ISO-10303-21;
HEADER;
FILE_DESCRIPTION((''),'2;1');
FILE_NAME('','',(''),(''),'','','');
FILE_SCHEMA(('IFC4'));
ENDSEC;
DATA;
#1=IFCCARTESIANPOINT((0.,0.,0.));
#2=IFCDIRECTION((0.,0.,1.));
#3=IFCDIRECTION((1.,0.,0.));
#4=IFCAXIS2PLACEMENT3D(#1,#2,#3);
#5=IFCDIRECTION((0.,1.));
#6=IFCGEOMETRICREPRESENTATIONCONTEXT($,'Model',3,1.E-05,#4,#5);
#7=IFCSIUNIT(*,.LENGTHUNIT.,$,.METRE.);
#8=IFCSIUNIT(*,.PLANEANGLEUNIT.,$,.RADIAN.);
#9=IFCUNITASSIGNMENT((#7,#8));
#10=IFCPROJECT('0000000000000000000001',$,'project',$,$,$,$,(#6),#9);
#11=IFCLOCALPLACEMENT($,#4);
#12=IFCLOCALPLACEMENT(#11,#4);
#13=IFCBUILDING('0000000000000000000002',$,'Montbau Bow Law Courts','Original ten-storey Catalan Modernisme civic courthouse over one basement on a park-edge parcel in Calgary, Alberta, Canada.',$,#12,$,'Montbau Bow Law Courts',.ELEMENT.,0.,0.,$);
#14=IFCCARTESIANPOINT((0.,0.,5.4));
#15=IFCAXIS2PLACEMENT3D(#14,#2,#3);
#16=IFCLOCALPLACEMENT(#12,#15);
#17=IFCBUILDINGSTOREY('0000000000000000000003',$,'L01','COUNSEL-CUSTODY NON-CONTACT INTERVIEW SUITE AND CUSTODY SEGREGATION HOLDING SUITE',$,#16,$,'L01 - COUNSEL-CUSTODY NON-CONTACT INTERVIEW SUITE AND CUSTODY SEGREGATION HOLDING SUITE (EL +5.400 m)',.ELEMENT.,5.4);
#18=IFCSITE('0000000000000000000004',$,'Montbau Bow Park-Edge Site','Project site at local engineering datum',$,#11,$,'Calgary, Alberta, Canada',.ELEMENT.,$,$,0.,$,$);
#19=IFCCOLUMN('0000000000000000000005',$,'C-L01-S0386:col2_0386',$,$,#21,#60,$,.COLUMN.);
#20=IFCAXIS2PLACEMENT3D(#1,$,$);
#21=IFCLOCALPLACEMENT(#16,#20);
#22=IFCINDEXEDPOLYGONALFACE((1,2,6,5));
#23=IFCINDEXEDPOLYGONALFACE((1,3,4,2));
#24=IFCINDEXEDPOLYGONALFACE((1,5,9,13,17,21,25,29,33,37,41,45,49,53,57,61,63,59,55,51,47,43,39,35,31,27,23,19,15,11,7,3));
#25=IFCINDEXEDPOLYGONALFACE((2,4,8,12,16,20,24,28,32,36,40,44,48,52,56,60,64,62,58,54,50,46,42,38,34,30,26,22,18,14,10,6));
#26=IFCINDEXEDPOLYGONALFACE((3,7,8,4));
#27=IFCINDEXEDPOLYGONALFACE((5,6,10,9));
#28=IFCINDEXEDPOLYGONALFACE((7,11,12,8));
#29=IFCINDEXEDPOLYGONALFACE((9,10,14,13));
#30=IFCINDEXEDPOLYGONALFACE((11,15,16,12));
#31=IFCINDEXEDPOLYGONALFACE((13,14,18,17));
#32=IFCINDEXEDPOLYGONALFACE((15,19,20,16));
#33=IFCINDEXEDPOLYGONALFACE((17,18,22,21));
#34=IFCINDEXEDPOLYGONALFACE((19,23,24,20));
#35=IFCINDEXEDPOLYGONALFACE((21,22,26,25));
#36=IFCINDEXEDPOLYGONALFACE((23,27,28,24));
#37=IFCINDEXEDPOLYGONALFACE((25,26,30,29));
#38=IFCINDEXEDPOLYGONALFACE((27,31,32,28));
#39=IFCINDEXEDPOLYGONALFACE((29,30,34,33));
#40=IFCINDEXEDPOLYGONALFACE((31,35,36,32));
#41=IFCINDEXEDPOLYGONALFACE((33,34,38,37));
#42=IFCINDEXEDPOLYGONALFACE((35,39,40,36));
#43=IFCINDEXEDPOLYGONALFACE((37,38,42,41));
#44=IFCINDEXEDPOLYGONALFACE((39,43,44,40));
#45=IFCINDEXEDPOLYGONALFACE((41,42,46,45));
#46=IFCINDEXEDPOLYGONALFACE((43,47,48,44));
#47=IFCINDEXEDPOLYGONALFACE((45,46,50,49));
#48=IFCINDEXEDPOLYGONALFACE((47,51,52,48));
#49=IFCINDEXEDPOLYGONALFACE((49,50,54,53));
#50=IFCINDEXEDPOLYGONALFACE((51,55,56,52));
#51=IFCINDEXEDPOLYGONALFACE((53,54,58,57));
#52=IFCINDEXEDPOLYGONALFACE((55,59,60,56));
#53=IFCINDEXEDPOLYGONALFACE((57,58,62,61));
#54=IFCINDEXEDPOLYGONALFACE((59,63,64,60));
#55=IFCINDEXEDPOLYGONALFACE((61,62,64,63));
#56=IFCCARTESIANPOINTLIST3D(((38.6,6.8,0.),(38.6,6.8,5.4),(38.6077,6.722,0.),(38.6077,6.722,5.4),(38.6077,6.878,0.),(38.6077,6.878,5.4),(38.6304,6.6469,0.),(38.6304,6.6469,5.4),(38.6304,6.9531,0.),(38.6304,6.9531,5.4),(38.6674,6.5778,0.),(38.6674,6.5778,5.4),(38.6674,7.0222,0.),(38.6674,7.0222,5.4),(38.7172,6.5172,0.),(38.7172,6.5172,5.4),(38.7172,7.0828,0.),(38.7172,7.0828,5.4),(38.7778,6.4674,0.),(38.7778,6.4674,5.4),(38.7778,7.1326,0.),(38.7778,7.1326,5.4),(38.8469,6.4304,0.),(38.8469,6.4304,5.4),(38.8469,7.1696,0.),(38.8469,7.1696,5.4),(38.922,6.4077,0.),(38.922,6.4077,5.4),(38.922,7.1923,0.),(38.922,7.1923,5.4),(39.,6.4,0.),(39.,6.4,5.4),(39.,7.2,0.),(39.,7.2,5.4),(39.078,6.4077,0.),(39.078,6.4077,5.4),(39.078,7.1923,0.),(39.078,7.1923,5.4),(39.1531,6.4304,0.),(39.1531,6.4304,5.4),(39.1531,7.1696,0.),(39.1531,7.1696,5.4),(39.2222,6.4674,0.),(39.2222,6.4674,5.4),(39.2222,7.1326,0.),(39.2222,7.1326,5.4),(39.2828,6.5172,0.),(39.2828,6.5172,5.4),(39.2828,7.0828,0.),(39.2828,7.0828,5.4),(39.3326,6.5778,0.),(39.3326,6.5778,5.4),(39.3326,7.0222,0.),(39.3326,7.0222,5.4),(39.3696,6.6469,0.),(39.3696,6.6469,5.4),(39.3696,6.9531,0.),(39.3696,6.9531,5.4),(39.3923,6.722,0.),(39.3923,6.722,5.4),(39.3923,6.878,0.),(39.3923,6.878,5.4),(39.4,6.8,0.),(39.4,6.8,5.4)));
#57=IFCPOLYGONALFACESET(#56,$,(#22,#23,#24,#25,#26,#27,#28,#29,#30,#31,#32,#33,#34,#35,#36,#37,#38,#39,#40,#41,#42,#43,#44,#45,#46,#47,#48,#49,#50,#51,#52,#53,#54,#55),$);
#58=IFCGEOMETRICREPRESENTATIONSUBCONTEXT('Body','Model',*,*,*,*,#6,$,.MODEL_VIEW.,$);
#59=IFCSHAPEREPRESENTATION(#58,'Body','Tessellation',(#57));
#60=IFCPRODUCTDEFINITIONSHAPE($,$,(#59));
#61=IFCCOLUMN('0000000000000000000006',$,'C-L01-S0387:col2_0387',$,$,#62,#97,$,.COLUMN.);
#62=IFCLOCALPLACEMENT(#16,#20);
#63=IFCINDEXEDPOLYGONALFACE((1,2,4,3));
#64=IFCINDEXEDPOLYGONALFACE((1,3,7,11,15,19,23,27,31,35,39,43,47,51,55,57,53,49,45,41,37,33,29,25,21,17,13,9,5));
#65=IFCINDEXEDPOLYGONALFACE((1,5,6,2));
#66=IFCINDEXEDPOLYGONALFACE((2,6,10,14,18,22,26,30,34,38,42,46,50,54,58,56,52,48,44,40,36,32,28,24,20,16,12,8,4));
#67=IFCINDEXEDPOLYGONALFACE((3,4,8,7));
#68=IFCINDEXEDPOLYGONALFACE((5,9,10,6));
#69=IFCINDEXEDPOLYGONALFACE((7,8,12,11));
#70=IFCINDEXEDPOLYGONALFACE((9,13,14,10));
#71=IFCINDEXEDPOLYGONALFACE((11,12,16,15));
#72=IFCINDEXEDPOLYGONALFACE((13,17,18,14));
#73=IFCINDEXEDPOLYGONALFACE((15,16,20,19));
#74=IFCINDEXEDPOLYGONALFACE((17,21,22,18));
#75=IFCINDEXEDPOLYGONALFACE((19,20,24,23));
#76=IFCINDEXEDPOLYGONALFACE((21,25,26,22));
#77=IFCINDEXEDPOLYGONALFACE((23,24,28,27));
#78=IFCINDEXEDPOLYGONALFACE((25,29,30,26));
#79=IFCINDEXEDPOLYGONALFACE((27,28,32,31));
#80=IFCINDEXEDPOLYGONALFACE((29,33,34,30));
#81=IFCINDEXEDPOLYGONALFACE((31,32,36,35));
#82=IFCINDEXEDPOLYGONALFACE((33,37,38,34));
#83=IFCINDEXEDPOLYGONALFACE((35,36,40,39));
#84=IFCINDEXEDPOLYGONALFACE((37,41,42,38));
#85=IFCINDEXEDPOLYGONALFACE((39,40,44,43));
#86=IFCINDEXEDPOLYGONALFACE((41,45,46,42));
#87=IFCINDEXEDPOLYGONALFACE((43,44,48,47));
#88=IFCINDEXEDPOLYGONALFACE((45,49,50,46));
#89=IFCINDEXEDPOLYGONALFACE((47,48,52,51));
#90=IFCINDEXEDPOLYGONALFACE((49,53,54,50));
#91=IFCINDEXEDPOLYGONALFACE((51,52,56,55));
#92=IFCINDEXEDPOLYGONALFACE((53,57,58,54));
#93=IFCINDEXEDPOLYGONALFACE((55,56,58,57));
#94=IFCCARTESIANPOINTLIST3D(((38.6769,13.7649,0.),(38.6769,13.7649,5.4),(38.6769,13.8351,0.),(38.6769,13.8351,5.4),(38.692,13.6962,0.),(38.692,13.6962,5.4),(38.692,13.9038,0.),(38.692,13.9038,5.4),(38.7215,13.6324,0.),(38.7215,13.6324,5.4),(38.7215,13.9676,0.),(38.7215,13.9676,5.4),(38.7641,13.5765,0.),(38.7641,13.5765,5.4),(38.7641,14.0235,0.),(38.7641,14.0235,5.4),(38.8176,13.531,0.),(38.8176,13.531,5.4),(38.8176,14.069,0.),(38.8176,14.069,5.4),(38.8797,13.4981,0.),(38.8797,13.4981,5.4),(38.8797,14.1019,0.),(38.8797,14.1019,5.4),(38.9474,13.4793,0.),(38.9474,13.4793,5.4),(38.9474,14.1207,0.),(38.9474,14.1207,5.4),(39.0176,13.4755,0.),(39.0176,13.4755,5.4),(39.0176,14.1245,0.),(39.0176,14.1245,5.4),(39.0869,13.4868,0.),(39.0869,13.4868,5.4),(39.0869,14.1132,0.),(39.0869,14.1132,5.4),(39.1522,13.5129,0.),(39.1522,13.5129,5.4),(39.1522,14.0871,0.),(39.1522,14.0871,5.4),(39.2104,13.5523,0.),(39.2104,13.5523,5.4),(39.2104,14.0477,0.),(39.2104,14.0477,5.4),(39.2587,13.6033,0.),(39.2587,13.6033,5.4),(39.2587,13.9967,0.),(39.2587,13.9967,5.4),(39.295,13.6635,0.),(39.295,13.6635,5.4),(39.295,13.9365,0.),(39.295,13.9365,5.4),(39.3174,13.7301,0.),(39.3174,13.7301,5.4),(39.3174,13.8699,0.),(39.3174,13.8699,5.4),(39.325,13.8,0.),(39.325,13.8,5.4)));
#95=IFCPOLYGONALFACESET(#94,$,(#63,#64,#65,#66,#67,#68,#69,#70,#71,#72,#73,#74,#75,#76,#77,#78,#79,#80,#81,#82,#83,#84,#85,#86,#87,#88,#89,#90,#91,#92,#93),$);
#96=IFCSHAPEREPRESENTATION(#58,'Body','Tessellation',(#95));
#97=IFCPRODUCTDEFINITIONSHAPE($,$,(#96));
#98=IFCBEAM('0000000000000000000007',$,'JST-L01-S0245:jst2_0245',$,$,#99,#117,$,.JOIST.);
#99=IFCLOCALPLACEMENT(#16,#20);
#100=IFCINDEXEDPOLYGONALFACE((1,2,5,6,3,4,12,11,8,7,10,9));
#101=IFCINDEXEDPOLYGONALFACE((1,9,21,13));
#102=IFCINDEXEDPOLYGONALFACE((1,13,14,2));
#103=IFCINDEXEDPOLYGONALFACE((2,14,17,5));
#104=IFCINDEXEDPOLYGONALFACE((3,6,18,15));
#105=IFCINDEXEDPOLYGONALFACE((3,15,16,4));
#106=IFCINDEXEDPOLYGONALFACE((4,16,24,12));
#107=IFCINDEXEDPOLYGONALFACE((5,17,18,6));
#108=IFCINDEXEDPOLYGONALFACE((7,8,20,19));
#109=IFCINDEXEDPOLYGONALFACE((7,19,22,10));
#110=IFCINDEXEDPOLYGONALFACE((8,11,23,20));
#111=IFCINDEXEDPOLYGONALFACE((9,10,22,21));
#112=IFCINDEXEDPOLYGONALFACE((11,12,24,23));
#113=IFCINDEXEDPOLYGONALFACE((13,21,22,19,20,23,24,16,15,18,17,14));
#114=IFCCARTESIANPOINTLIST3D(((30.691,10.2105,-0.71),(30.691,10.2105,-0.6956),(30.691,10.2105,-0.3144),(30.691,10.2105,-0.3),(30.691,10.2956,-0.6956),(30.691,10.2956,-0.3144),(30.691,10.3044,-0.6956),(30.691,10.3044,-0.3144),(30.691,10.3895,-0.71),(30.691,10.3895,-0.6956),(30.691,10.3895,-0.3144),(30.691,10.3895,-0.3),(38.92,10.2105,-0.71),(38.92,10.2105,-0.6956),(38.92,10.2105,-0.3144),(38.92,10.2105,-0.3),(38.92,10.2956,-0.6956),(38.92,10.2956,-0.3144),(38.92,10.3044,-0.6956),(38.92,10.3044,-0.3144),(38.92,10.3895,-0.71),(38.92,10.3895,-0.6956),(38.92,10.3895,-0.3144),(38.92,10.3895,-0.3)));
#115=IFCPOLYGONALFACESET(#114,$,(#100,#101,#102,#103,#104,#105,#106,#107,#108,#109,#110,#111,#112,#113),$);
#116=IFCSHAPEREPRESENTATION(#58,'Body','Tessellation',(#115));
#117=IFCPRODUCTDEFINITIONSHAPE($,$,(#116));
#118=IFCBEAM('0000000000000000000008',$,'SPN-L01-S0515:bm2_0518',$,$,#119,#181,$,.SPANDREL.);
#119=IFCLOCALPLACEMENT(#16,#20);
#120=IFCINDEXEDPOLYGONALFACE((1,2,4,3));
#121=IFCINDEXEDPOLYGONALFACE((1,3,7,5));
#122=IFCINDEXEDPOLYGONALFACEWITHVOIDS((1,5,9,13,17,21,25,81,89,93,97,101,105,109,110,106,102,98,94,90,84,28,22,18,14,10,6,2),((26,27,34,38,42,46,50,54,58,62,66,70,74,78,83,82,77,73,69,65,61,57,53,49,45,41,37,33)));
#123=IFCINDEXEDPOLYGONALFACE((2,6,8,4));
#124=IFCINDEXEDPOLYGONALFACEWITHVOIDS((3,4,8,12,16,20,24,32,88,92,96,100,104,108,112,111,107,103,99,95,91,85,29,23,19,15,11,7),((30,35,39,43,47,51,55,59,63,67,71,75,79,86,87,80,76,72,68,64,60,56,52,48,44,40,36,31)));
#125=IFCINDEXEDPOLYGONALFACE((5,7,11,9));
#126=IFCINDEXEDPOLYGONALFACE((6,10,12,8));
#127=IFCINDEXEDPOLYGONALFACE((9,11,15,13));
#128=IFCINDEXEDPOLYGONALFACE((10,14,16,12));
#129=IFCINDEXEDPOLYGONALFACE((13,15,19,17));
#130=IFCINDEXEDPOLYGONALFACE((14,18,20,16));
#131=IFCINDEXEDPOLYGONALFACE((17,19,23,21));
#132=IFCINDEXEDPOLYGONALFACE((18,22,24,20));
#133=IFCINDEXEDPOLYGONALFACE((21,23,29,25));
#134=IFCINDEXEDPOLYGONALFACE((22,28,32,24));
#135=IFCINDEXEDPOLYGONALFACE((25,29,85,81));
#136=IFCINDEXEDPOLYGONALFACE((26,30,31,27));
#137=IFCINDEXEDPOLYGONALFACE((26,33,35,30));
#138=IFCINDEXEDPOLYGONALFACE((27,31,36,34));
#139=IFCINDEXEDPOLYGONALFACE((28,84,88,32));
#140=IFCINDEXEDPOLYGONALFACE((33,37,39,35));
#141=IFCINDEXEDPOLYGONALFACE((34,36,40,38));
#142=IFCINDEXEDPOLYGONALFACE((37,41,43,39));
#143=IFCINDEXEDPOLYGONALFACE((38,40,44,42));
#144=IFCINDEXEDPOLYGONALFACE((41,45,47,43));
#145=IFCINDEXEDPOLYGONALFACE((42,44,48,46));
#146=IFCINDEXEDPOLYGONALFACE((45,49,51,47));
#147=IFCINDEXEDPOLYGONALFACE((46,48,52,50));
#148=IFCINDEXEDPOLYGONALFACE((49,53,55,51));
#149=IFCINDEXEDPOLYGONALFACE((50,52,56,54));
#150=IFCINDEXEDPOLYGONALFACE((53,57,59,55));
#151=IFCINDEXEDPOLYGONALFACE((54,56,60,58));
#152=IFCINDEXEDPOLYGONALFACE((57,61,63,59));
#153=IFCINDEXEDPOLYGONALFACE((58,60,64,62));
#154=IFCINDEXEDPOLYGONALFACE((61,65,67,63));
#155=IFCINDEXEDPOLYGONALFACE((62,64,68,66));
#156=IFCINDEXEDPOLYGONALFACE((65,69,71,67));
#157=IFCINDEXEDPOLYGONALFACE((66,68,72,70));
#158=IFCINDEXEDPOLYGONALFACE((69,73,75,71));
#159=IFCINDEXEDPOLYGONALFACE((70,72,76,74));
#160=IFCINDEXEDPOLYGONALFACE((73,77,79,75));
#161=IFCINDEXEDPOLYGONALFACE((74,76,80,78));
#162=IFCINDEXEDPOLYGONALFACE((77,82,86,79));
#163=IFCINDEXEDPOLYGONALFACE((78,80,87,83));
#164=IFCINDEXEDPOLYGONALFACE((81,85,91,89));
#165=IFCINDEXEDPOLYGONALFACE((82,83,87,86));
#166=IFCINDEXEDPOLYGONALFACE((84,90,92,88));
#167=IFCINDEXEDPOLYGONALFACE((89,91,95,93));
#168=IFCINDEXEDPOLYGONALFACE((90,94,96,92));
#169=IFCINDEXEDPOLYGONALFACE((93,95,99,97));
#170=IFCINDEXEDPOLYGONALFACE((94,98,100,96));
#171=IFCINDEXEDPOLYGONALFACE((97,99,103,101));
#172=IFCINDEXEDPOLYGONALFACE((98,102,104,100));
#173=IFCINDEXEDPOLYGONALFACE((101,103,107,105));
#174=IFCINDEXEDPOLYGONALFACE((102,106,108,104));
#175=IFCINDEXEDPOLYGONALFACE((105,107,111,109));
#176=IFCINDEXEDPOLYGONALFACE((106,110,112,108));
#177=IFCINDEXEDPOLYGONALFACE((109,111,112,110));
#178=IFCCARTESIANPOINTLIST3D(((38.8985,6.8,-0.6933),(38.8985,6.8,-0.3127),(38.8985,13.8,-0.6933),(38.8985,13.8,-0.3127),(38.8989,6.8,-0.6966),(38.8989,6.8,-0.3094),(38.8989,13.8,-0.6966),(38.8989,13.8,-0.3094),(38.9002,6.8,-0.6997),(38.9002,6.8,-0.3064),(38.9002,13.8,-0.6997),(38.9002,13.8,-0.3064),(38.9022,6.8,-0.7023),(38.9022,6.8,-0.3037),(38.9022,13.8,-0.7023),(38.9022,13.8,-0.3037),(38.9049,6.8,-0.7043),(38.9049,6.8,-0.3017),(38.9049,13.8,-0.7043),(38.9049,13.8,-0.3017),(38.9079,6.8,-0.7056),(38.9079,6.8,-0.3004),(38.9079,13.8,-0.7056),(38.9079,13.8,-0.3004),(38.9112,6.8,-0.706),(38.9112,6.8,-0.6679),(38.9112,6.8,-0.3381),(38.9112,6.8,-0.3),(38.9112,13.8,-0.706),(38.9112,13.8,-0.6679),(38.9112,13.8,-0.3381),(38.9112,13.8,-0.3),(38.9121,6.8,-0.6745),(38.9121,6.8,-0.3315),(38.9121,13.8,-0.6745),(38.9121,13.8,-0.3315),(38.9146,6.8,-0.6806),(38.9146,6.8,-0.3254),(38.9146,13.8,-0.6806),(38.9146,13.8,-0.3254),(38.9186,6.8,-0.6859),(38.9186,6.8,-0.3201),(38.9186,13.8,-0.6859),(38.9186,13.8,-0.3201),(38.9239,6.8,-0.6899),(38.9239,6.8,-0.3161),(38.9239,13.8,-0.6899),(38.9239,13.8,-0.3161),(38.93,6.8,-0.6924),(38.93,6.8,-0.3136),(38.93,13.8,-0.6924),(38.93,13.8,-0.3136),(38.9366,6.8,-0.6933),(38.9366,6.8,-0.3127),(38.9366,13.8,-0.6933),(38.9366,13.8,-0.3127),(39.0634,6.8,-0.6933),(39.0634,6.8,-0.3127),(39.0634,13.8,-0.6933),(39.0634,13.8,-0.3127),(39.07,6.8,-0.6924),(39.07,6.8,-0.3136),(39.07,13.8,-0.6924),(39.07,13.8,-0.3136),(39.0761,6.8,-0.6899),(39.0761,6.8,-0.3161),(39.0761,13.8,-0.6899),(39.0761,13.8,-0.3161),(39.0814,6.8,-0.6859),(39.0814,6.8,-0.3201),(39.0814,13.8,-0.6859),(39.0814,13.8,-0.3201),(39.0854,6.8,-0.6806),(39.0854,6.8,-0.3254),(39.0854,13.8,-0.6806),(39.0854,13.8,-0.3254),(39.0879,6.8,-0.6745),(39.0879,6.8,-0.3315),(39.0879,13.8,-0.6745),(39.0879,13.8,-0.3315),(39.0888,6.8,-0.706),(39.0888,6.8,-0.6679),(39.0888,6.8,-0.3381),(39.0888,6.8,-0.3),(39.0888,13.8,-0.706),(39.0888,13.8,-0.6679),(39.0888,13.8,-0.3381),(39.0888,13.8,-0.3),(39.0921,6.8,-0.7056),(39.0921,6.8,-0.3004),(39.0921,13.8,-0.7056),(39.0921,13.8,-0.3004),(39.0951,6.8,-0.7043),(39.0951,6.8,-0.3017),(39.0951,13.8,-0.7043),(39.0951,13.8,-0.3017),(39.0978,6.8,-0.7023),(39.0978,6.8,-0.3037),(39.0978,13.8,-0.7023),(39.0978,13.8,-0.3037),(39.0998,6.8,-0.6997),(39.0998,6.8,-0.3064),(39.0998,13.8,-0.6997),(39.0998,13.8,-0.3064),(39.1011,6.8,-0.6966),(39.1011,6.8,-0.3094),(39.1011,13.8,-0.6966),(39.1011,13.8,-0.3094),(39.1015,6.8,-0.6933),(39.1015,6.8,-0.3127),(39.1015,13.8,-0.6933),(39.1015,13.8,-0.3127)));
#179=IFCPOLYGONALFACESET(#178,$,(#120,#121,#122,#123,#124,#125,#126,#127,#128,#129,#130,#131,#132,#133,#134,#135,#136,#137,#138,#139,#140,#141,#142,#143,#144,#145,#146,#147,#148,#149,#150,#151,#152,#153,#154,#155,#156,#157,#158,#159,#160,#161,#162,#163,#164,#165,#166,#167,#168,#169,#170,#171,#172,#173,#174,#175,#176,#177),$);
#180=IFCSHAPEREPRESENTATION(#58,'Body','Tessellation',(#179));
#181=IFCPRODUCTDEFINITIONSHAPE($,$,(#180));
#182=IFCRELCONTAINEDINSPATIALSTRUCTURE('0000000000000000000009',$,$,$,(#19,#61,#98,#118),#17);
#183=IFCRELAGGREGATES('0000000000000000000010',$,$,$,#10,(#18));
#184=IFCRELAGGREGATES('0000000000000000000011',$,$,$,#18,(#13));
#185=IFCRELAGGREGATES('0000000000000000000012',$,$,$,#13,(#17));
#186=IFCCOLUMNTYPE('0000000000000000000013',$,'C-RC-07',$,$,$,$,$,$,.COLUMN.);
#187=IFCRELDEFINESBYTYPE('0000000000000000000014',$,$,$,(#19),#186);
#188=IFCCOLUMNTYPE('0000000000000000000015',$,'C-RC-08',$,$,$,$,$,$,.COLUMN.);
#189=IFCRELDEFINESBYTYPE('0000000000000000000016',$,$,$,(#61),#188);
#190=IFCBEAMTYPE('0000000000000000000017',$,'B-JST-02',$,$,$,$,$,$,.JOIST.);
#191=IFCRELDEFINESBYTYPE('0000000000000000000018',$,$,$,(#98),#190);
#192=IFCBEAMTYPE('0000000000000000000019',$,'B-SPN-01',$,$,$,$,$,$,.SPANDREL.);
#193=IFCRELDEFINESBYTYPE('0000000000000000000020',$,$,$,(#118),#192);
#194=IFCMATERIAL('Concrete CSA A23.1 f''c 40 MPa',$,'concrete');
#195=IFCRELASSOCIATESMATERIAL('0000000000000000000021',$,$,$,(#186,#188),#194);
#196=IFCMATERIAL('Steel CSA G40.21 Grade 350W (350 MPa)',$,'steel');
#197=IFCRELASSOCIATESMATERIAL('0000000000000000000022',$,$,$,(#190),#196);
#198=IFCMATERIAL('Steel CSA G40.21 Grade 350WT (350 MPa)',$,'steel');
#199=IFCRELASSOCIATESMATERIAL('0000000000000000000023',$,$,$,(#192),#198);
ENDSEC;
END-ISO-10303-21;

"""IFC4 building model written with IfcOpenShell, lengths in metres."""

from ifc_helpers import new_model, si_unit, direction, frame, origin_with_axes, origin_2d_with_axis, place, context, subcontext, project, spatial, hollow_rectangle, circle, i_section, extrude, material, material_profile, profile_set, type_object, element, save


model = new_model("IFC4")

# Units and contexts
model_context = context("Model", 3, precision=1e-05, world=origin_with_axes(), true_north=direction((0.0, 1.0)))
body_context = subcontext(model_context, "Body", "Model", "MODEL_VIEW")
ifc_project = project(units=[si_unit("LENGTHUNIT", "METRE"), si_unit("PLANEANGLEUNIT", "RADIAN")], contexts=[model_context])

# Site, building, storey
site_placement = place(None, origin_with_axes())
site = spatial("IfcSite", under=ifc_project, at=site_placement, Name="Montbau Bow Park-Edge Site", Description="Project site at local engineering datum", LongName="Calgary, Alberta, Canada", CompositionType="ELEMENT", RefElevation=0.0)
building_placement = place(site_placement, origin_with_axes())
building = spatial("IfcBuilding", under=site, at=building_placement, Name="Montbau Bow Law Courts", Description="Original ten-storey Catalan Modernisme civic courthouse over one basement on a park-edge parcel in Calgary, Alberta, Canada.", LongName="Montbau Bow Law Courts", CompositionType="ELEMENT", ElevationOfRefHeight=0.0, ElevationOfTerrain=0.0)
storey_placement = place(building_placement, frame((0.0, 0.0, 5.4), z_axis=(0.0, 0.0, 1.0), x_axis=(1.0, 0.0, 0.0)))
storey = spatial("IfcBuildingStorey", under=building, at=storey_placement, Name="L01", Description="COUNSEL-CUSTODY NON-CONTACT INTERVIEW SUITE AND CUSTODY SEGREGATION HOLDING SUITE", LongName="L01 - COUNSEL-CUSTODY NON-CONTACT INTERVIEW SUITE AND CUSTODY SEGREGATION HOLDING SUITE (EL +5.400 m)", CompositionType="ELEMENT", Elevation=5.4)

# Columns
ifc_material_1 = material(Name="Concrete CSA A23.1 f'c 40 MPa", Category="concrete")
ifc_material_profile_1 = material_profile(ifc_material_1, circle(Radius=0.4, at=origin_2d_with_axis()), Name="RC800D", Category="Main", Priority=0)
ifc_profile_set_1 = profile_set([ifc_material_profile_1], Name="Concrete CSA A23.1 f'c 40 MPa")
column_type_1 = type_object("IfcColumnType", Name="C-RC-07", PredefinedType="COLUMN", material=ifc_profile_set_1)
column_1_placement = place(None, frame((39.0, 6.8, 5.4), z_axis=(0.0, 0.0, 1.0), x_axis=(1.0, 0.0, 0.0)))
element("IfcColumn", 1, at=column_1_placement, inside=storey, type_object=column_type_1, Name="C-L01-S0386:col2_0386", PredefinedType="COLUMN", context=body_context, shape_type="SweptSolid", body=[
    extrude(circle(Radius=0.4, at=origin_2d_with_axis()), origin_with_axes(), (0.0, 0.0, 1.0), 5.4),
])
ifc_material_profile_2 = material_profile(ifc_material_1, circle(Radius=0.325, at=origin_2d_with_axis()), Name="RC650D", Category="Main", Priority=0)
ifc_profile_set_2 = profile_set([ifc_material_profile_2], Name="Concrete CSA A23.1 f'c 40 MPa")
column_type_2 = type_object("IfcColumnType", Name="C-RC-08", PredefinedType="COLUMN", material=ifc_profile_set_2)
column_2_placement = place(None, frame((39.0, 13.8, 5.4), z_axis=(0.0, 0.0, 1.0), x_axis=(1.0, 0.0, 0.0)))
element("IfcColumn", 2, at=column_2_placement, inside=storey, type_object=column_type_2, Name="C-L01-S0387:col2_0387", PredefinedType="COLUMN", context=body_context, shape_type="SweptSolid", body=[
    extrude(circle(Radius=0.325, at=origin_2d_with_axis()), origin_with_axes(), (0.0, 0.0, 1.0), 5.4),
])

# Beams
ifc_material_2 = material(Name="Steel CSA G40.21 Grade 350W (350 MPa)", Category="steel")
ifc_material_profile_3 = material_profile(ifc_material_2, i_section(OverallWidth=0.179, OverallDepth=0.41, WebThickness=0.0088, FlangeThickness=0.0144, at=origin_2d_with_axis()), Name="W410X67", Category="Main", Priority=0)
ifc_profile_set_3 = profile_set([ifc_material_profile_3], Name="Steel CSA G40.21 Grade 350W (350 MPa)")
beam_type_1 = type_object("IfcBeamType", Name="B-JST-02", PredefinedType="JOIST", material=ifc_profile_set_3)
beam_1_placement = place(None, frame((30.691, 10.3, 4.895), z_axis=(1.0, 0.0, 0.0), x_axis=(0.0, 1.0, 0.0)))
element("IfcBeam", 3, at=beam_1_placement, inside=storey, type_object=beam_type_1, Name="JST-L01-S0245:jst2_0245", PredefinedType="JOIST", context=body_context, shape_type="SweptSolid", body=[
    extrude(i_section(OverallWidth=0.179, OverallDepth=0.41, WebThickness=0.0088, FlangeThickness=0.0144, at=origin_2d_with_axis()), origin_with_axes(), (0.0, 0.0, 1.0), 8.229),
])
ifc_material_3 = material(Name="Steel CSA G40.21 Grade 350WT (350 MPa)", Category="steel")
ifc_material_profile_4 = material_profile(ifc_material_3, hollow_rectangle(XDim=0.203, YDim=0.406, WallThickness=0.0127, InnerFilletRadius=0.0254, OuterFilletRadius=0.0127, at=origin_2d_with_axis()), Name="HSS406X203X13", Category="Main", Priority=0)
ifc_profile_set_4 = profile_set([ifc_material_profile_4], Name="Steel CSA G40.21 Grade 350WT (350 MPa)")
beam_type_2 = type_object("IfcBeamType", Name="B-SPN-01", PredefinedType="SPANDREL", material=ifc_profile_set_4)
beam_2_placement = place(None, frame((39.0, 6.8, 4.897), z_axis=(0.0, 1.0, 0.0), x_axis=(-1.0, 0.0, 0.0)))
element("IfcBeam", 4, at=beam_2_placement, inside=storey, type_object=beam_type_2, Name="SPN-L01-S0515:bm2_0518", PredefinedType="SPANDREL", context=body_context, shape_type="SweptSolid", body=[
    extrude(hollow_rectangle(XDim=0.203, YDim=0.406, WallThickness=0.0127, InnerFilletRadius=0.0254, OuterFilletRadius=0.0127, at=origin_2d_with_axis()), origin_with_axes(), (0.0, 0.0, 1.0), 7.0),
])

save(model, "model.ifc")
